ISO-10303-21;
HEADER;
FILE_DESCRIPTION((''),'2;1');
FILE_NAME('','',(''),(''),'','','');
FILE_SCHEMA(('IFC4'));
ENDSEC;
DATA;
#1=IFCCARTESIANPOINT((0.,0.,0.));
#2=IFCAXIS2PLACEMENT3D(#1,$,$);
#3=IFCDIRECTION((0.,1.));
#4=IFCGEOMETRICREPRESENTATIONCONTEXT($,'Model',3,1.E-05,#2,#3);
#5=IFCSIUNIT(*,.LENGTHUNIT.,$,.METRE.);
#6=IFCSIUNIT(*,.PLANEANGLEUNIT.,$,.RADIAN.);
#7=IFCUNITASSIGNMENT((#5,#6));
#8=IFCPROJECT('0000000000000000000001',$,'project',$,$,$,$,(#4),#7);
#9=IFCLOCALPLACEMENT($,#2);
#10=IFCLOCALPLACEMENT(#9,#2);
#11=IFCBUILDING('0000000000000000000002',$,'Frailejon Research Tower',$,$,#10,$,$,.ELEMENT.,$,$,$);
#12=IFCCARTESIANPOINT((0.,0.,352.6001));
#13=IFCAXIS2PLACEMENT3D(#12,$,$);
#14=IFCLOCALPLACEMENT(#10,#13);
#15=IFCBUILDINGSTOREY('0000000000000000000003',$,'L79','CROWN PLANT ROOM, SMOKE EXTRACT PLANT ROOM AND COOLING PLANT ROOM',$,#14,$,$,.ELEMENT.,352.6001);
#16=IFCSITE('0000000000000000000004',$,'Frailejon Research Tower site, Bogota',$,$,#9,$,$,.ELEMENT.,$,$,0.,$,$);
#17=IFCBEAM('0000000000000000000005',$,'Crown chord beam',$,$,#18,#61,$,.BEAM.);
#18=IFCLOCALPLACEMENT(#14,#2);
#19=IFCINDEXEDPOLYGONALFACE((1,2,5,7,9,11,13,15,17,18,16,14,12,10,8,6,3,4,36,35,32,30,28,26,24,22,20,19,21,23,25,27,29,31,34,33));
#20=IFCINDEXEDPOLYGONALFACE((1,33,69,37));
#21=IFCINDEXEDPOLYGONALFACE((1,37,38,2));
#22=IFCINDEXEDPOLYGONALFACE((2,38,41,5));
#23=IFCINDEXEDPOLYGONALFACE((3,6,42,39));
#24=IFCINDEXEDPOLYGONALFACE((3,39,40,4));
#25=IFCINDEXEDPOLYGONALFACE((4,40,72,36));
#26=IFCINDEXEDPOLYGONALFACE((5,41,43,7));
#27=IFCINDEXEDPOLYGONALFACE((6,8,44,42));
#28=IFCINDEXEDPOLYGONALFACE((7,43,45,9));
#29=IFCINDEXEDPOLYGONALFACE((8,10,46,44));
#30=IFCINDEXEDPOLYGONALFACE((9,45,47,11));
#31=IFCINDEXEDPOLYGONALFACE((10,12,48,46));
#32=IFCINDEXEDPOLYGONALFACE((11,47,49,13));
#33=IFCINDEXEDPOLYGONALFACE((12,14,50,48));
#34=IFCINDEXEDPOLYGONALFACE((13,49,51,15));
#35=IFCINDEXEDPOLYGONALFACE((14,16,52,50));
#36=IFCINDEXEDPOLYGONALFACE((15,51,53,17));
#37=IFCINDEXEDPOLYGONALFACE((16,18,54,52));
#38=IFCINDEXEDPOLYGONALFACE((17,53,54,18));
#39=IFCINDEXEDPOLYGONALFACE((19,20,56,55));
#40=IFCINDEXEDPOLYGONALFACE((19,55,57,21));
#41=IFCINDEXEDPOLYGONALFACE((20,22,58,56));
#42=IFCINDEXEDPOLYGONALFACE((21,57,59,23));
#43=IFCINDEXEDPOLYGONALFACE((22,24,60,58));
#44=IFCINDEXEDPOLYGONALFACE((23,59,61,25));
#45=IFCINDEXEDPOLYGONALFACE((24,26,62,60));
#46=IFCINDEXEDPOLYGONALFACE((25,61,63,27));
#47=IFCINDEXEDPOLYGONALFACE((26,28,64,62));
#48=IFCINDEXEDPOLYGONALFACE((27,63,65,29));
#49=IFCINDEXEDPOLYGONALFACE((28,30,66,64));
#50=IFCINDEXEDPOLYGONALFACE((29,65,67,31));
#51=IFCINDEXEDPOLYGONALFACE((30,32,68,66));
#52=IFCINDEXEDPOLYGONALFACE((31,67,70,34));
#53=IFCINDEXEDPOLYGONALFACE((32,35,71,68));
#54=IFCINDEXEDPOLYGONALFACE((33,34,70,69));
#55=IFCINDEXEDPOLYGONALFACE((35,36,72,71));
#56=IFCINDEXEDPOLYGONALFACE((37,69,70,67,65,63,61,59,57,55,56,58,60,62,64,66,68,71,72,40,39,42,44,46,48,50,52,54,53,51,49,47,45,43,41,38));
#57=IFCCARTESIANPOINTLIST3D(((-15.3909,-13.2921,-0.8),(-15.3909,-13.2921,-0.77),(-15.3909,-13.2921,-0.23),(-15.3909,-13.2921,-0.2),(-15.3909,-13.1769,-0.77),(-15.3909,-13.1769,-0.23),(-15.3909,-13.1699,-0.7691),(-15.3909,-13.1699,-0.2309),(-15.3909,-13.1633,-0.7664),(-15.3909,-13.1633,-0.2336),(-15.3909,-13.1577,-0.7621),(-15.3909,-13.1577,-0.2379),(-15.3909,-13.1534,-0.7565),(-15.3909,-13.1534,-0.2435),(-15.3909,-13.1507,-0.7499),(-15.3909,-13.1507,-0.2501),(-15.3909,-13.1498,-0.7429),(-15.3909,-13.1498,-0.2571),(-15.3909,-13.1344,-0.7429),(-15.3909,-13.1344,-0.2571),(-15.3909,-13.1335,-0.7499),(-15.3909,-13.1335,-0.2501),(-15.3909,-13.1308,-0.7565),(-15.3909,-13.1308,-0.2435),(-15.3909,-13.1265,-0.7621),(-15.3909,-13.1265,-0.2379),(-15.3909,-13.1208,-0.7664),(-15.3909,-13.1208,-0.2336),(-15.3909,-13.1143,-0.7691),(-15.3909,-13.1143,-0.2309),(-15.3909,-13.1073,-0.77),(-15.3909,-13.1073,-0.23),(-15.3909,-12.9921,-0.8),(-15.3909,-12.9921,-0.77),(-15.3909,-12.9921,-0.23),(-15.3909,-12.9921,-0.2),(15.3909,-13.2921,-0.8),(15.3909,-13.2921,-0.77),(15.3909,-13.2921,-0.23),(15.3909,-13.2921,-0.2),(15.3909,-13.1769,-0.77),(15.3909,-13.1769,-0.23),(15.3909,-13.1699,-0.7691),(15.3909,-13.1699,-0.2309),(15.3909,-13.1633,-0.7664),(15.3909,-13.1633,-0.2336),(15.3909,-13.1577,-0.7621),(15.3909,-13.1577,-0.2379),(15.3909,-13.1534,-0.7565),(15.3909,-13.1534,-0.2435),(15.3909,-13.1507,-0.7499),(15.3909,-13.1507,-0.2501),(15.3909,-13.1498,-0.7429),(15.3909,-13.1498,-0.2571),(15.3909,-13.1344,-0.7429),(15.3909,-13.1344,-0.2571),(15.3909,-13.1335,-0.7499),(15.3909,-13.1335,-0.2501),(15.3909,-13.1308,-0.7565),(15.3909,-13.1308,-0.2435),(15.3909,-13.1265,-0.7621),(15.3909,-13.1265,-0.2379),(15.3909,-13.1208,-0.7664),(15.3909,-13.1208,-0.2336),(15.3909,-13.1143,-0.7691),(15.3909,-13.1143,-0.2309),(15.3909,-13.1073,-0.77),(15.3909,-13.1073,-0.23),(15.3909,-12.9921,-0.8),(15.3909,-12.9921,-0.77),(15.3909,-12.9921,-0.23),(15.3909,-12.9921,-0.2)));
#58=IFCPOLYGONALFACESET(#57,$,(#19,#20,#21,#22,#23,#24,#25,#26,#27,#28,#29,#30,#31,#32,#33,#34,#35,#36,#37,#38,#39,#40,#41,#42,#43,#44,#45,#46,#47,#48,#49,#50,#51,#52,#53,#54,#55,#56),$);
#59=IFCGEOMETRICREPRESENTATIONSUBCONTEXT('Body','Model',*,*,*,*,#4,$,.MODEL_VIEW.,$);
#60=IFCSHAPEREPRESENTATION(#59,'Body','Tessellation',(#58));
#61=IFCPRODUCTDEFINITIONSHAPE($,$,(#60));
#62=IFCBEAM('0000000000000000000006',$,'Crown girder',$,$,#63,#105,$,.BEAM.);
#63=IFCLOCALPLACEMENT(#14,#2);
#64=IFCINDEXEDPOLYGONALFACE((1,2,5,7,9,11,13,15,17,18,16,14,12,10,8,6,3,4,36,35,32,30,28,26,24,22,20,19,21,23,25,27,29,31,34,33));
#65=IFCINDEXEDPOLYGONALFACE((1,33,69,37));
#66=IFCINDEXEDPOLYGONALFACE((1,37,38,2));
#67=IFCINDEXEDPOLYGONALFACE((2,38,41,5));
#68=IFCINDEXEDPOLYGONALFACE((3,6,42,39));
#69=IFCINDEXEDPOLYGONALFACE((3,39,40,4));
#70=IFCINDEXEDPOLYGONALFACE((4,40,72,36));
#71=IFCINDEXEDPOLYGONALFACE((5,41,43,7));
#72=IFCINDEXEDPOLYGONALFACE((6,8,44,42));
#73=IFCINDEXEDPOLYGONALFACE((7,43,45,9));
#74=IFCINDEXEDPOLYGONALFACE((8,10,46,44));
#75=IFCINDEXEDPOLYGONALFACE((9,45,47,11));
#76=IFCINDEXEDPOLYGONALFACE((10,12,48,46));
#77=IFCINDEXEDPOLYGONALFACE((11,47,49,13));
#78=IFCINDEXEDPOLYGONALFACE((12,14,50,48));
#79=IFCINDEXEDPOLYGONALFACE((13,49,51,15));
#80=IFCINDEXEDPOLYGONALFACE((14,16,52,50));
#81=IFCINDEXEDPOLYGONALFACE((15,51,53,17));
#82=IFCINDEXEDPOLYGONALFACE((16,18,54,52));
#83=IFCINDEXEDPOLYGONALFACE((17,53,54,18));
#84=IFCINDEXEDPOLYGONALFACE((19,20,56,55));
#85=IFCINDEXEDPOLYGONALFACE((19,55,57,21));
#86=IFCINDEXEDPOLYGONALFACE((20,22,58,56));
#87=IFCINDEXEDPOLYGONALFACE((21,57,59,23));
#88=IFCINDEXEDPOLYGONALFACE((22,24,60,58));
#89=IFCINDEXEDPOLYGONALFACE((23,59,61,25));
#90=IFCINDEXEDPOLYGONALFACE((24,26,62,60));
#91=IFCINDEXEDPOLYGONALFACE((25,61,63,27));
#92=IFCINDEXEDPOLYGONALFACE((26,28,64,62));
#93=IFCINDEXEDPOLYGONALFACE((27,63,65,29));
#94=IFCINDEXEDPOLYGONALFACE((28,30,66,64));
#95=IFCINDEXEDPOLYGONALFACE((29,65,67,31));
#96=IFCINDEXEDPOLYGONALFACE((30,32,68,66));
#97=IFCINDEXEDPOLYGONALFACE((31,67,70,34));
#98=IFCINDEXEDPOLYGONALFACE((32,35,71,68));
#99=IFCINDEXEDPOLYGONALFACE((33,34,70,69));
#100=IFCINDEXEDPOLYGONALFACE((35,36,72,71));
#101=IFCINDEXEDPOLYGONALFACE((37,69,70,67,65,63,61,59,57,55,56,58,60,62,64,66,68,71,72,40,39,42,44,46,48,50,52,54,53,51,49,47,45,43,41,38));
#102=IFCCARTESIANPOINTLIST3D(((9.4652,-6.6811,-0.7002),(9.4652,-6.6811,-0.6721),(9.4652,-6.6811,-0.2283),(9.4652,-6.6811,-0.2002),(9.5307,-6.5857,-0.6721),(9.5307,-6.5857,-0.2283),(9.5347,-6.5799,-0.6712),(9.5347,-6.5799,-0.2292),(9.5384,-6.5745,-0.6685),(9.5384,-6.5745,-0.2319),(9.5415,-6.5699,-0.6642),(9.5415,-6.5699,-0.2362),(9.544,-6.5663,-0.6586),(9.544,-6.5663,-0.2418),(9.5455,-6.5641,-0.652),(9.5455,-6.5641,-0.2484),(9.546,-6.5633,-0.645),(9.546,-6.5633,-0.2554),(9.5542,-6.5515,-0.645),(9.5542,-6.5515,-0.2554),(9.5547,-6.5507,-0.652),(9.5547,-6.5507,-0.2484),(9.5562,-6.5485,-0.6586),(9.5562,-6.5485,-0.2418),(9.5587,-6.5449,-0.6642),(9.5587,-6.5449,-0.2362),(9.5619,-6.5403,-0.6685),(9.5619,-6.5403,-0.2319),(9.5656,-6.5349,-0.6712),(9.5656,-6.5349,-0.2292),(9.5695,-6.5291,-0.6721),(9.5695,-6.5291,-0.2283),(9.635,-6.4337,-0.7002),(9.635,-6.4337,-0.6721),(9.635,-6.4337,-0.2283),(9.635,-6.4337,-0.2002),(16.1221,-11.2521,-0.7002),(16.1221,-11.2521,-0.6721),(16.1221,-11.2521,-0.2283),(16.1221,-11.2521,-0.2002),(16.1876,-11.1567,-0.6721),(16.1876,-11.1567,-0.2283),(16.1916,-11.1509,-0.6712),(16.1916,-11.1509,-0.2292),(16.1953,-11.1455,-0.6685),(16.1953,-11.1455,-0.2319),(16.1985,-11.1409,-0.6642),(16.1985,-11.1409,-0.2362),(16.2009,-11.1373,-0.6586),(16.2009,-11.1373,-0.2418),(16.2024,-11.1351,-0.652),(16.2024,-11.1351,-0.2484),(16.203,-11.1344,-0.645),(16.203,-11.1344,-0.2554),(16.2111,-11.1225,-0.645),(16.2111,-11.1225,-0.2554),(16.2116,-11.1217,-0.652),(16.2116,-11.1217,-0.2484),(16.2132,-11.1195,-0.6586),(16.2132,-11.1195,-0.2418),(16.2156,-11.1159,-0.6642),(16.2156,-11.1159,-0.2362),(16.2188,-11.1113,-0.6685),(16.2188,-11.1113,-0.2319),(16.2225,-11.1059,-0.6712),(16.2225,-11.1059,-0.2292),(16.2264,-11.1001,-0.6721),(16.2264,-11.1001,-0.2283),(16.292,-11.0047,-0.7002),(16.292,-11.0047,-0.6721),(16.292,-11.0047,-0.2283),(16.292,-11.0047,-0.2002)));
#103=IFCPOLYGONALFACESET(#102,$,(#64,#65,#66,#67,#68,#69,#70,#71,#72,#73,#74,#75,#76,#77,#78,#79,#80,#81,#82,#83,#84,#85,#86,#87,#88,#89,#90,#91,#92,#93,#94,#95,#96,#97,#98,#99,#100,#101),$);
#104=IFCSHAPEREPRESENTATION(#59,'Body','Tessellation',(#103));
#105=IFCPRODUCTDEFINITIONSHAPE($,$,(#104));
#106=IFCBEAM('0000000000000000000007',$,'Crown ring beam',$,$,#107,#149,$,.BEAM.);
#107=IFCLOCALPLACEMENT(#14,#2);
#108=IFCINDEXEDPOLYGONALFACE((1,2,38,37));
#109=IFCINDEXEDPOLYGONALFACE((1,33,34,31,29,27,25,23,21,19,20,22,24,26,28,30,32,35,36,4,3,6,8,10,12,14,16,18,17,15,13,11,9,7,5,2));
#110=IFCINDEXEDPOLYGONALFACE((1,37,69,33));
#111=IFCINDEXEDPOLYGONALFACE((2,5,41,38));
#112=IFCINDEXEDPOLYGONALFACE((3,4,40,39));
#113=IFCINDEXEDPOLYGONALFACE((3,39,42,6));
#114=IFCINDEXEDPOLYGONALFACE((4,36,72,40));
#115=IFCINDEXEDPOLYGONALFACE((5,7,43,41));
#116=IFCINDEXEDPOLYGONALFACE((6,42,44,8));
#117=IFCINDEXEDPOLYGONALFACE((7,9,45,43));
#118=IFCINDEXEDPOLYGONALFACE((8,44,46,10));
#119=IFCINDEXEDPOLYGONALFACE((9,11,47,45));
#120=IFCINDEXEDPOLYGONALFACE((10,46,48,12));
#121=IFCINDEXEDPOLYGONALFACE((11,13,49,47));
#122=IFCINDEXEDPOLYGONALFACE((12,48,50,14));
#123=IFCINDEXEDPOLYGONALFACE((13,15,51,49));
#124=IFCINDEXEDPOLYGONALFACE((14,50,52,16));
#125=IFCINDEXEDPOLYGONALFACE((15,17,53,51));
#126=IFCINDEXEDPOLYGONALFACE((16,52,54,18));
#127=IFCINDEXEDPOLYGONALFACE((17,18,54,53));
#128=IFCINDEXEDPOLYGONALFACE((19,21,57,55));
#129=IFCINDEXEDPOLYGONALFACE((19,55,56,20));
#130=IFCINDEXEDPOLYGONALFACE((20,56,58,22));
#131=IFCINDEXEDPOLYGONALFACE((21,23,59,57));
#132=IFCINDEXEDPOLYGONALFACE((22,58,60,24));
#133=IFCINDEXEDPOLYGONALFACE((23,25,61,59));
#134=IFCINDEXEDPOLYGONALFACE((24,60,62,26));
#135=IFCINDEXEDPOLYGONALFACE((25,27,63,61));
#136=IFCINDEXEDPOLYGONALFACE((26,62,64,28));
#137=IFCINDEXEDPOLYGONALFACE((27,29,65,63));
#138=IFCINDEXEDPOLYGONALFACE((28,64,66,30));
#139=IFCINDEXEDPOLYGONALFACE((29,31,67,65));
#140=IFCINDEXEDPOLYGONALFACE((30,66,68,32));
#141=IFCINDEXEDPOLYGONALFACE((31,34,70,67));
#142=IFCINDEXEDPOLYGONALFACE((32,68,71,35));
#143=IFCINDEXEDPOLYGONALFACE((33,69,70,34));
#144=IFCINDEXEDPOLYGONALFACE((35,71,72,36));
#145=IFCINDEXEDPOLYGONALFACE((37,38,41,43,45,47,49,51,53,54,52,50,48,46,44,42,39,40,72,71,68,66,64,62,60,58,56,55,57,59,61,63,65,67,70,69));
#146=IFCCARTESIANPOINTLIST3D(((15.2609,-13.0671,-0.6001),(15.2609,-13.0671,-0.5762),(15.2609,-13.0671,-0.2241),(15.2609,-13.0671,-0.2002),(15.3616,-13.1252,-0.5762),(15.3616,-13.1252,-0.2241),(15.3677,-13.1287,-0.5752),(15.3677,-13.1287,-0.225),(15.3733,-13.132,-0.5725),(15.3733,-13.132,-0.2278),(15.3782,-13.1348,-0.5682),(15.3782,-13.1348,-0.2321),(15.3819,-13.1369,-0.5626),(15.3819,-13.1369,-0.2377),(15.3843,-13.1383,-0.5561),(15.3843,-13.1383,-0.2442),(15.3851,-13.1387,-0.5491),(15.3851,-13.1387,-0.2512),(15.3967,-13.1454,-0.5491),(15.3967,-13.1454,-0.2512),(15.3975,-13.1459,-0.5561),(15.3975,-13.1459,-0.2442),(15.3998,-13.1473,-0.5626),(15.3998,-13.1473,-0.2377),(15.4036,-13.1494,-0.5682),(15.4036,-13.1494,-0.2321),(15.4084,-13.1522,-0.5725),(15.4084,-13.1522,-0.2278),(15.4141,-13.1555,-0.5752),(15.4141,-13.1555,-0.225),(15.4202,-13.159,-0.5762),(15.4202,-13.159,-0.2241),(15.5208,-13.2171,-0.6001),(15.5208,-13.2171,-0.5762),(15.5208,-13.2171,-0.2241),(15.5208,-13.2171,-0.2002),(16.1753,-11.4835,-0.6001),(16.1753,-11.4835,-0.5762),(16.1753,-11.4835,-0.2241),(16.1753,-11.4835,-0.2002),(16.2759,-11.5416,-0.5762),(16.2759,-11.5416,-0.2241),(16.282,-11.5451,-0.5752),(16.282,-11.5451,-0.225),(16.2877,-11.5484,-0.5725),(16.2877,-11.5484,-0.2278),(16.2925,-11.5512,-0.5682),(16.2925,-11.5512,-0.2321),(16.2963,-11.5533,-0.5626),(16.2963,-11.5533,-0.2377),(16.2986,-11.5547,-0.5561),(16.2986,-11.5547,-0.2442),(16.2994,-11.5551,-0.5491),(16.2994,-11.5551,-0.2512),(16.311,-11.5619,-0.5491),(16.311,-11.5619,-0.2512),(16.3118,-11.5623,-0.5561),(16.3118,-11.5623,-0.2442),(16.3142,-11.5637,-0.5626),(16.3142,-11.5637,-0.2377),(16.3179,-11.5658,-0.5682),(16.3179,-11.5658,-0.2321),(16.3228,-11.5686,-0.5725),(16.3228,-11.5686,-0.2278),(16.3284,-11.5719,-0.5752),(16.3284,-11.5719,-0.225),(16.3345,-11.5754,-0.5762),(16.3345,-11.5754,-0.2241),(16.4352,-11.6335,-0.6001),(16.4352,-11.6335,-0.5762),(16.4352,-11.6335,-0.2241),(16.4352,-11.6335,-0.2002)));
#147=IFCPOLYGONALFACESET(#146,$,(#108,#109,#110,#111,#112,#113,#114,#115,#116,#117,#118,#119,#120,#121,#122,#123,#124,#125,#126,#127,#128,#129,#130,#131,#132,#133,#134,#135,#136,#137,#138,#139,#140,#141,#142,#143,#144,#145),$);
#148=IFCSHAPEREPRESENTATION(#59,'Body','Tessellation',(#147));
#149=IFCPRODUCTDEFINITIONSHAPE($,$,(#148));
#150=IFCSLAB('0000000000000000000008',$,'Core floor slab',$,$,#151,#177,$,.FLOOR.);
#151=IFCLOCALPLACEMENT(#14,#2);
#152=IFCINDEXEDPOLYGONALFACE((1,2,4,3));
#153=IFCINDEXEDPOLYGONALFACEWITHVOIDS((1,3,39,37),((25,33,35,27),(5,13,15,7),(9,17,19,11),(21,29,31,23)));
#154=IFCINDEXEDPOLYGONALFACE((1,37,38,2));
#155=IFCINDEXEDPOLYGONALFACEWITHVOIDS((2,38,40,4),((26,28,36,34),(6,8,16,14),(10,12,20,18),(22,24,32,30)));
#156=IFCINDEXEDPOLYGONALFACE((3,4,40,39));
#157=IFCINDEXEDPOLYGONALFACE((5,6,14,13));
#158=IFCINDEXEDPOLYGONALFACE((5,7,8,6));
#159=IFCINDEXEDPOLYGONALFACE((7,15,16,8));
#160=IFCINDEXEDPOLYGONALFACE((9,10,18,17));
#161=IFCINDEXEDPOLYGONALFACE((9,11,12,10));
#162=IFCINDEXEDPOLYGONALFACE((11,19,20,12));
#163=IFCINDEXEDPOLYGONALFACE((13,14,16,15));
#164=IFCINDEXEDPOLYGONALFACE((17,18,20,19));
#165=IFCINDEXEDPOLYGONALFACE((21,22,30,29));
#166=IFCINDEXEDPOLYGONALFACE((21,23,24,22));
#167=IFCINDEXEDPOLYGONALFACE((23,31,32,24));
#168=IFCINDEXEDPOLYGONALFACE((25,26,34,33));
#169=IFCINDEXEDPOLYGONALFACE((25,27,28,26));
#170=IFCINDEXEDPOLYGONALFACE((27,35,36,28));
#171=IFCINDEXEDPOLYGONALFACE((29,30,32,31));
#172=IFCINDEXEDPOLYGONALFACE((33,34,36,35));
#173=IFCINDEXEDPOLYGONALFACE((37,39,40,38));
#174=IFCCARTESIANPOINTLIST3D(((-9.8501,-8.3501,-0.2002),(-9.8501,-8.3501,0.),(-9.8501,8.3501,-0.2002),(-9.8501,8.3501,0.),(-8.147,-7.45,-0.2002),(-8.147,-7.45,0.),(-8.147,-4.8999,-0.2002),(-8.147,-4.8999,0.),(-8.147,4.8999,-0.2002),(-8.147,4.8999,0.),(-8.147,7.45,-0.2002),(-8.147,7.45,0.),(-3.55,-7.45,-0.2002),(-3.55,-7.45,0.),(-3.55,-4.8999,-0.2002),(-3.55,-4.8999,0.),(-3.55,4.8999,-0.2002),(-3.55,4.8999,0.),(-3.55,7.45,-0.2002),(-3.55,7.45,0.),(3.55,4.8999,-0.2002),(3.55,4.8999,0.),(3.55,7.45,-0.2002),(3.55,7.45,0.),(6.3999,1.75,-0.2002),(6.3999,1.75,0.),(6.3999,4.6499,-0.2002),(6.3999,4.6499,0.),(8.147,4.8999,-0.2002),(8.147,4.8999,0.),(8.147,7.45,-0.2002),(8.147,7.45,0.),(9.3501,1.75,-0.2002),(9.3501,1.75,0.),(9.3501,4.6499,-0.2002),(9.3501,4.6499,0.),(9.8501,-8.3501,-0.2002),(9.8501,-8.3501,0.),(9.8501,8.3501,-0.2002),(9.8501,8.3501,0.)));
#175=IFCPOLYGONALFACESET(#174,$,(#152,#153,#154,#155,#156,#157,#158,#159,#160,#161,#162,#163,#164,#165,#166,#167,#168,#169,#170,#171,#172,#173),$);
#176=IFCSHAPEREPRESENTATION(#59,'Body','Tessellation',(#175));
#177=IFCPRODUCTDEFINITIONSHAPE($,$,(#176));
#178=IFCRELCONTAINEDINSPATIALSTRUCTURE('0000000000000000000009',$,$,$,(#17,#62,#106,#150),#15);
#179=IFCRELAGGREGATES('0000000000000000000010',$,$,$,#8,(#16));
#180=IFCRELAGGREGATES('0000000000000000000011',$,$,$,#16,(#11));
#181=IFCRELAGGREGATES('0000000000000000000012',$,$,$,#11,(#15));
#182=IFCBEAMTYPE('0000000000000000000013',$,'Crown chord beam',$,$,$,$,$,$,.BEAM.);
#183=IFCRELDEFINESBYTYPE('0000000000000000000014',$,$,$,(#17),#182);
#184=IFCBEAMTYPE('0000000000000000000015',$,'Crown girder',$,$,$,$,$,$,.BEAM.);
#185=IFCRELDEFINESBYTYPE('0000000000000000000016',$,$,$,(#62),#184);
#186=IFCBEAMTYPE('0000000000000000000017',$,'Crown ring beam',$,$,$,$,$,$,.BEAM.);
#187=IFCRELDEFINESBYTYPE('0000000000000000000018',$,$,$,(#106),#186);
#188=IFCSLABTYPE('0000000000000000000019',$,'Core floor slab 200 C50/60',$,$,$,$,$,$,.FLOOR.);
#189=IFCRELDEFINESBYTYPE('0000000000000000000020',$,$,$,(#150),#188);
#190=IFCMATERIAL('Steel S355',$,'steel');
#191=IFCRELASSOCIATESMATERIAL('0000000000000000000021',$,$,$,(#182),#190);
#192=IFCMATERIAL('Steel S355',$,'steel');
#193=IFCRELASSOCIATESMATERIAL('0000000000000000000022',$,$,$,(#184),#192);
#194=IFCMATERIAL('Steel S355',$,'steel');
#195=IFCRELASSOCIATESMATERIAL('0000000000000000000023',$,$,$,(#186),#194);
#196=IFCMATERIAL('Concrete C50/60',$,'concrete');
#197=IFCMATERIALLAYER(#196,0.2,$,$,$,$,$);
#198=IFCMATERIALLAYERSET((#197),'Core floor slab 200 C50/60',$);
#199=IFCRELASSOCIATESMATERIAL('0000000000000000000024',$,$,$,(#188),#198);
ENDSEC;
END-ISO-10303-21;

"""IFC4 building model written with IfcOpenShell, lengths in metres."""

from ifc_helpers import new_model, si_unit, direction, frame, origin, origin_2d, place, context, subcontext, project, spatial, polyline, i_section, outline, extrude, material, layer, layer_set, material_profile, profile_set, type_object, element, save


model = new_model("IFC4")

# Units and contexts
model_context = context("Model", 3, precision=1e-05, world=origin(), true_north=direction((0.0, 1.0)))
body_context = subcontext(model_context, "Body", "Model", "MODEL_VIEW")
ifc_project = project(units=[si_unit("LENGTHUNIT", "METRE"), si_unit("PLANEANGLEUNIT", "RADIAN")], contexts=[model_context])

# Site, building, storey
site_placement = place(None, origin())
site = spatial("IfcSite", under=ifc_project, at=site_placement, Name="Frailejon Research Tower site, Bogota", CompositionType="ELEMENT", RefElevation=0.0)
building_placement = place(site_placement, origin())
building = spatial("IfcBuilding", under=site, at=building_placement, Name="Frailejon Research Tower", CompositionType="ELEMENT")
storey_placement = place(building_placement, frame((0.0, 0.0, 352.6001)))
storey = spatial("IfcBuildingStorey", under=building, at=storey_placement, Name="L79", Description="CROWN PLANT ROOM, SMOKE EXTRACT PLANT ROOM AND COOLING PLANT ROOM", CompositionType="ELEMENT", Elevation=352.6001)

# Beams
ifc_material_1 = material(Name="Steel S355", Category="steel")
ifc_material_profile_1 = material_profile(ifc_material_1, i_section(OverallWidth=0.3, OverallDepth=0.6001, WebThickness=0.0154, FlangeThickness=0.03, FilletRadius=0.0271, at=origin_2d()), Name="HE 600 B")
ifc_profile_set_1 = profile_set([ifc_material_profile_1], Name="Steel S355")
beam_type_1 = type_object("IfcBeamType", Name="Crown chord beam", PredefinedType="BEAM", material=ifc_profile_set_1)
beam_1_placement = place(storey_placement, frame((15.3909, -13.1421, -0.5), z_axis=(-1.0, 0.0, 0.0), x_axis=(0.0, -1.0, 0.0)))
element("IfcBeam", 1, at=beam_1_placement, inside=storey, type_object=beam_type_1, Name="Crown chord beam", PredefinedType="BEAM", context=body_context, shape_type="SweptSolid", body=[
    extrude(i_section(OverallWidth=0.3, OverallDepth=0.6001, WebThickness=0.0154, FlangeThickness=0.03, FilletRadius=0.0271, at=origin_2d()), origin(), (0.0, 0.0, 1.0), 30.7817),
])
ifc_material_2 = material(Name="Steel S355", Category="steel")
ifc_material_profile_2 = material_profile(ifc_material_2, i_section(OverallWidth=0.3, OverallDepth=0.5, WebThickness=0.0144, FlangeThickness=0.0281, FilletRadius=0.0271, at=origin_2d()), Name="HE 500 B")
ifc_profile_set_2 = profile_set([ifc_material_profile_2], Name="Steel S355")
beam_type_2 = type_object("IfcBeamType", Name="Crown girder", PredefinedType="BEAM", material=ifc_profile_set_2)
beam_2_placement = place(storey_placement, frame((16.207, -11.1284, -0.4502), z_axis=(-0.824367, 0.566055, 0.0), x_axis=(-0.566055, -0.824367, 0.0)))
element("IfcBeam", 2, at=beam_2_placement, inside=storey, type_object=beam_type_2, Name="Crown girder", PredefinedType="BEAM", context=body_context, shape_type="SweptSolid", body=[
    extrude(i_section(OverallWidth=0.3, OverallDepth=0.5, WebThickness=0.0144, FlangeThickness=0.0281, FilletRadius=0.0271, at=origin_2d()), origin(), (0.0, 0.0, 1.0), 8.0752),
])
ifc_material_3 = material(Name="Steel S355", Category="steel")
ifc_material_profile_3 = material_profile(ifc_material_3, i_section(OverallWidth=0.3, OverallDepth=0.3999, WebThickness=0.0134, FlangeThickness=0.0239, FilletRadius=0.0271, at=origin_2d()), Name="HE 400 B")
ifc_profile_set_3 = profile_set([ifc_material_profile_3], Name="Steel S355")
beam_type_3 = type_object("IfcBeamType", Name="Crown ring beam", PredefinedType="BEAM", material=ifc_profile_set_3)
beam_3_placement = place(storey_placement, frame((15.3909, -13.1421, -0.4001), z_axis=(0.500031, 0.866008, 0.0), x_axis=(-0.866008, 0.500031, 0.0)))
element("IfcBeam", 3, at=beam_3_placement, inside=storey, type_object=beam_type_3, Name="Crown ring beam", PredefinedType="BEAM", context=body_context, shape_type="SweptSolid", body=[
    extrude(i_section(OverallWidth=0.3, OverallDepth=0.3999, WebThickness=0.0134, FlangeThickness=0.0239, FilletRadius=0.0271, at=origin_2d()), origin(), (0.0, 0.0, 1.0), 1.8286),
])

# Slab
ifc_material_4 = material(Name="Concrete C50/60", Category="concrete")
ifc_layer_1 = layer(ifc_material_4, 0.2)
ifc_layer_set_1 = layer_set([ifc_layer_1], Name="Core floor slab 200 C50/60")
slab_type_1 = type_object("IfcSlabType", Name="Core floor slab 200 C50/60", PredefinedType="FLOOR", material=ifc_layer_set_1)
slab_1_placement = place(storey_placement, frame((0.0, 0.0, -0.2002)))
element("IfcSlab", 4, at=slab_1_placement, inside=storey, type_object=slab_type_1, Name="Core floor slab", PredefinedType="FLOOR", context=body_context, shape_type="SweptSolid", body=[
    extrude(outline(polyline([(-9.8501, -8.3501), (-9.8501, 8.3501), (9.8501, 8.3501), (9.8501, -8.3501), (-9.8501, -8.3501)]), holes=[polyline([(9.3501, 1.75), (9.3501, 4.6499), (6.3999, 4.6499), (6.3999, 1.75), (9.3501, 1.75)]), polyline([(-8.147, 4.8999), (-3.55, 4.8999), (-3.55, 7.45), (-8.147, 7.45), (-8.147, 4.8999)]), polyline([(-8.147, -7.45), (-3.55, -7.45), (-3.55, -4.8999), (-8.147, -4.8999), (-8.147, -7.45)]), polyline([(8.147, 7.45), (3.55, 7.45), (3.55, 4.8999), (8.147, 4.8999), (8.147, 7.45)])]), origin(), (0.0, 0.0, 1.0), 0.2002),
])

save(model, "model.ifc")
